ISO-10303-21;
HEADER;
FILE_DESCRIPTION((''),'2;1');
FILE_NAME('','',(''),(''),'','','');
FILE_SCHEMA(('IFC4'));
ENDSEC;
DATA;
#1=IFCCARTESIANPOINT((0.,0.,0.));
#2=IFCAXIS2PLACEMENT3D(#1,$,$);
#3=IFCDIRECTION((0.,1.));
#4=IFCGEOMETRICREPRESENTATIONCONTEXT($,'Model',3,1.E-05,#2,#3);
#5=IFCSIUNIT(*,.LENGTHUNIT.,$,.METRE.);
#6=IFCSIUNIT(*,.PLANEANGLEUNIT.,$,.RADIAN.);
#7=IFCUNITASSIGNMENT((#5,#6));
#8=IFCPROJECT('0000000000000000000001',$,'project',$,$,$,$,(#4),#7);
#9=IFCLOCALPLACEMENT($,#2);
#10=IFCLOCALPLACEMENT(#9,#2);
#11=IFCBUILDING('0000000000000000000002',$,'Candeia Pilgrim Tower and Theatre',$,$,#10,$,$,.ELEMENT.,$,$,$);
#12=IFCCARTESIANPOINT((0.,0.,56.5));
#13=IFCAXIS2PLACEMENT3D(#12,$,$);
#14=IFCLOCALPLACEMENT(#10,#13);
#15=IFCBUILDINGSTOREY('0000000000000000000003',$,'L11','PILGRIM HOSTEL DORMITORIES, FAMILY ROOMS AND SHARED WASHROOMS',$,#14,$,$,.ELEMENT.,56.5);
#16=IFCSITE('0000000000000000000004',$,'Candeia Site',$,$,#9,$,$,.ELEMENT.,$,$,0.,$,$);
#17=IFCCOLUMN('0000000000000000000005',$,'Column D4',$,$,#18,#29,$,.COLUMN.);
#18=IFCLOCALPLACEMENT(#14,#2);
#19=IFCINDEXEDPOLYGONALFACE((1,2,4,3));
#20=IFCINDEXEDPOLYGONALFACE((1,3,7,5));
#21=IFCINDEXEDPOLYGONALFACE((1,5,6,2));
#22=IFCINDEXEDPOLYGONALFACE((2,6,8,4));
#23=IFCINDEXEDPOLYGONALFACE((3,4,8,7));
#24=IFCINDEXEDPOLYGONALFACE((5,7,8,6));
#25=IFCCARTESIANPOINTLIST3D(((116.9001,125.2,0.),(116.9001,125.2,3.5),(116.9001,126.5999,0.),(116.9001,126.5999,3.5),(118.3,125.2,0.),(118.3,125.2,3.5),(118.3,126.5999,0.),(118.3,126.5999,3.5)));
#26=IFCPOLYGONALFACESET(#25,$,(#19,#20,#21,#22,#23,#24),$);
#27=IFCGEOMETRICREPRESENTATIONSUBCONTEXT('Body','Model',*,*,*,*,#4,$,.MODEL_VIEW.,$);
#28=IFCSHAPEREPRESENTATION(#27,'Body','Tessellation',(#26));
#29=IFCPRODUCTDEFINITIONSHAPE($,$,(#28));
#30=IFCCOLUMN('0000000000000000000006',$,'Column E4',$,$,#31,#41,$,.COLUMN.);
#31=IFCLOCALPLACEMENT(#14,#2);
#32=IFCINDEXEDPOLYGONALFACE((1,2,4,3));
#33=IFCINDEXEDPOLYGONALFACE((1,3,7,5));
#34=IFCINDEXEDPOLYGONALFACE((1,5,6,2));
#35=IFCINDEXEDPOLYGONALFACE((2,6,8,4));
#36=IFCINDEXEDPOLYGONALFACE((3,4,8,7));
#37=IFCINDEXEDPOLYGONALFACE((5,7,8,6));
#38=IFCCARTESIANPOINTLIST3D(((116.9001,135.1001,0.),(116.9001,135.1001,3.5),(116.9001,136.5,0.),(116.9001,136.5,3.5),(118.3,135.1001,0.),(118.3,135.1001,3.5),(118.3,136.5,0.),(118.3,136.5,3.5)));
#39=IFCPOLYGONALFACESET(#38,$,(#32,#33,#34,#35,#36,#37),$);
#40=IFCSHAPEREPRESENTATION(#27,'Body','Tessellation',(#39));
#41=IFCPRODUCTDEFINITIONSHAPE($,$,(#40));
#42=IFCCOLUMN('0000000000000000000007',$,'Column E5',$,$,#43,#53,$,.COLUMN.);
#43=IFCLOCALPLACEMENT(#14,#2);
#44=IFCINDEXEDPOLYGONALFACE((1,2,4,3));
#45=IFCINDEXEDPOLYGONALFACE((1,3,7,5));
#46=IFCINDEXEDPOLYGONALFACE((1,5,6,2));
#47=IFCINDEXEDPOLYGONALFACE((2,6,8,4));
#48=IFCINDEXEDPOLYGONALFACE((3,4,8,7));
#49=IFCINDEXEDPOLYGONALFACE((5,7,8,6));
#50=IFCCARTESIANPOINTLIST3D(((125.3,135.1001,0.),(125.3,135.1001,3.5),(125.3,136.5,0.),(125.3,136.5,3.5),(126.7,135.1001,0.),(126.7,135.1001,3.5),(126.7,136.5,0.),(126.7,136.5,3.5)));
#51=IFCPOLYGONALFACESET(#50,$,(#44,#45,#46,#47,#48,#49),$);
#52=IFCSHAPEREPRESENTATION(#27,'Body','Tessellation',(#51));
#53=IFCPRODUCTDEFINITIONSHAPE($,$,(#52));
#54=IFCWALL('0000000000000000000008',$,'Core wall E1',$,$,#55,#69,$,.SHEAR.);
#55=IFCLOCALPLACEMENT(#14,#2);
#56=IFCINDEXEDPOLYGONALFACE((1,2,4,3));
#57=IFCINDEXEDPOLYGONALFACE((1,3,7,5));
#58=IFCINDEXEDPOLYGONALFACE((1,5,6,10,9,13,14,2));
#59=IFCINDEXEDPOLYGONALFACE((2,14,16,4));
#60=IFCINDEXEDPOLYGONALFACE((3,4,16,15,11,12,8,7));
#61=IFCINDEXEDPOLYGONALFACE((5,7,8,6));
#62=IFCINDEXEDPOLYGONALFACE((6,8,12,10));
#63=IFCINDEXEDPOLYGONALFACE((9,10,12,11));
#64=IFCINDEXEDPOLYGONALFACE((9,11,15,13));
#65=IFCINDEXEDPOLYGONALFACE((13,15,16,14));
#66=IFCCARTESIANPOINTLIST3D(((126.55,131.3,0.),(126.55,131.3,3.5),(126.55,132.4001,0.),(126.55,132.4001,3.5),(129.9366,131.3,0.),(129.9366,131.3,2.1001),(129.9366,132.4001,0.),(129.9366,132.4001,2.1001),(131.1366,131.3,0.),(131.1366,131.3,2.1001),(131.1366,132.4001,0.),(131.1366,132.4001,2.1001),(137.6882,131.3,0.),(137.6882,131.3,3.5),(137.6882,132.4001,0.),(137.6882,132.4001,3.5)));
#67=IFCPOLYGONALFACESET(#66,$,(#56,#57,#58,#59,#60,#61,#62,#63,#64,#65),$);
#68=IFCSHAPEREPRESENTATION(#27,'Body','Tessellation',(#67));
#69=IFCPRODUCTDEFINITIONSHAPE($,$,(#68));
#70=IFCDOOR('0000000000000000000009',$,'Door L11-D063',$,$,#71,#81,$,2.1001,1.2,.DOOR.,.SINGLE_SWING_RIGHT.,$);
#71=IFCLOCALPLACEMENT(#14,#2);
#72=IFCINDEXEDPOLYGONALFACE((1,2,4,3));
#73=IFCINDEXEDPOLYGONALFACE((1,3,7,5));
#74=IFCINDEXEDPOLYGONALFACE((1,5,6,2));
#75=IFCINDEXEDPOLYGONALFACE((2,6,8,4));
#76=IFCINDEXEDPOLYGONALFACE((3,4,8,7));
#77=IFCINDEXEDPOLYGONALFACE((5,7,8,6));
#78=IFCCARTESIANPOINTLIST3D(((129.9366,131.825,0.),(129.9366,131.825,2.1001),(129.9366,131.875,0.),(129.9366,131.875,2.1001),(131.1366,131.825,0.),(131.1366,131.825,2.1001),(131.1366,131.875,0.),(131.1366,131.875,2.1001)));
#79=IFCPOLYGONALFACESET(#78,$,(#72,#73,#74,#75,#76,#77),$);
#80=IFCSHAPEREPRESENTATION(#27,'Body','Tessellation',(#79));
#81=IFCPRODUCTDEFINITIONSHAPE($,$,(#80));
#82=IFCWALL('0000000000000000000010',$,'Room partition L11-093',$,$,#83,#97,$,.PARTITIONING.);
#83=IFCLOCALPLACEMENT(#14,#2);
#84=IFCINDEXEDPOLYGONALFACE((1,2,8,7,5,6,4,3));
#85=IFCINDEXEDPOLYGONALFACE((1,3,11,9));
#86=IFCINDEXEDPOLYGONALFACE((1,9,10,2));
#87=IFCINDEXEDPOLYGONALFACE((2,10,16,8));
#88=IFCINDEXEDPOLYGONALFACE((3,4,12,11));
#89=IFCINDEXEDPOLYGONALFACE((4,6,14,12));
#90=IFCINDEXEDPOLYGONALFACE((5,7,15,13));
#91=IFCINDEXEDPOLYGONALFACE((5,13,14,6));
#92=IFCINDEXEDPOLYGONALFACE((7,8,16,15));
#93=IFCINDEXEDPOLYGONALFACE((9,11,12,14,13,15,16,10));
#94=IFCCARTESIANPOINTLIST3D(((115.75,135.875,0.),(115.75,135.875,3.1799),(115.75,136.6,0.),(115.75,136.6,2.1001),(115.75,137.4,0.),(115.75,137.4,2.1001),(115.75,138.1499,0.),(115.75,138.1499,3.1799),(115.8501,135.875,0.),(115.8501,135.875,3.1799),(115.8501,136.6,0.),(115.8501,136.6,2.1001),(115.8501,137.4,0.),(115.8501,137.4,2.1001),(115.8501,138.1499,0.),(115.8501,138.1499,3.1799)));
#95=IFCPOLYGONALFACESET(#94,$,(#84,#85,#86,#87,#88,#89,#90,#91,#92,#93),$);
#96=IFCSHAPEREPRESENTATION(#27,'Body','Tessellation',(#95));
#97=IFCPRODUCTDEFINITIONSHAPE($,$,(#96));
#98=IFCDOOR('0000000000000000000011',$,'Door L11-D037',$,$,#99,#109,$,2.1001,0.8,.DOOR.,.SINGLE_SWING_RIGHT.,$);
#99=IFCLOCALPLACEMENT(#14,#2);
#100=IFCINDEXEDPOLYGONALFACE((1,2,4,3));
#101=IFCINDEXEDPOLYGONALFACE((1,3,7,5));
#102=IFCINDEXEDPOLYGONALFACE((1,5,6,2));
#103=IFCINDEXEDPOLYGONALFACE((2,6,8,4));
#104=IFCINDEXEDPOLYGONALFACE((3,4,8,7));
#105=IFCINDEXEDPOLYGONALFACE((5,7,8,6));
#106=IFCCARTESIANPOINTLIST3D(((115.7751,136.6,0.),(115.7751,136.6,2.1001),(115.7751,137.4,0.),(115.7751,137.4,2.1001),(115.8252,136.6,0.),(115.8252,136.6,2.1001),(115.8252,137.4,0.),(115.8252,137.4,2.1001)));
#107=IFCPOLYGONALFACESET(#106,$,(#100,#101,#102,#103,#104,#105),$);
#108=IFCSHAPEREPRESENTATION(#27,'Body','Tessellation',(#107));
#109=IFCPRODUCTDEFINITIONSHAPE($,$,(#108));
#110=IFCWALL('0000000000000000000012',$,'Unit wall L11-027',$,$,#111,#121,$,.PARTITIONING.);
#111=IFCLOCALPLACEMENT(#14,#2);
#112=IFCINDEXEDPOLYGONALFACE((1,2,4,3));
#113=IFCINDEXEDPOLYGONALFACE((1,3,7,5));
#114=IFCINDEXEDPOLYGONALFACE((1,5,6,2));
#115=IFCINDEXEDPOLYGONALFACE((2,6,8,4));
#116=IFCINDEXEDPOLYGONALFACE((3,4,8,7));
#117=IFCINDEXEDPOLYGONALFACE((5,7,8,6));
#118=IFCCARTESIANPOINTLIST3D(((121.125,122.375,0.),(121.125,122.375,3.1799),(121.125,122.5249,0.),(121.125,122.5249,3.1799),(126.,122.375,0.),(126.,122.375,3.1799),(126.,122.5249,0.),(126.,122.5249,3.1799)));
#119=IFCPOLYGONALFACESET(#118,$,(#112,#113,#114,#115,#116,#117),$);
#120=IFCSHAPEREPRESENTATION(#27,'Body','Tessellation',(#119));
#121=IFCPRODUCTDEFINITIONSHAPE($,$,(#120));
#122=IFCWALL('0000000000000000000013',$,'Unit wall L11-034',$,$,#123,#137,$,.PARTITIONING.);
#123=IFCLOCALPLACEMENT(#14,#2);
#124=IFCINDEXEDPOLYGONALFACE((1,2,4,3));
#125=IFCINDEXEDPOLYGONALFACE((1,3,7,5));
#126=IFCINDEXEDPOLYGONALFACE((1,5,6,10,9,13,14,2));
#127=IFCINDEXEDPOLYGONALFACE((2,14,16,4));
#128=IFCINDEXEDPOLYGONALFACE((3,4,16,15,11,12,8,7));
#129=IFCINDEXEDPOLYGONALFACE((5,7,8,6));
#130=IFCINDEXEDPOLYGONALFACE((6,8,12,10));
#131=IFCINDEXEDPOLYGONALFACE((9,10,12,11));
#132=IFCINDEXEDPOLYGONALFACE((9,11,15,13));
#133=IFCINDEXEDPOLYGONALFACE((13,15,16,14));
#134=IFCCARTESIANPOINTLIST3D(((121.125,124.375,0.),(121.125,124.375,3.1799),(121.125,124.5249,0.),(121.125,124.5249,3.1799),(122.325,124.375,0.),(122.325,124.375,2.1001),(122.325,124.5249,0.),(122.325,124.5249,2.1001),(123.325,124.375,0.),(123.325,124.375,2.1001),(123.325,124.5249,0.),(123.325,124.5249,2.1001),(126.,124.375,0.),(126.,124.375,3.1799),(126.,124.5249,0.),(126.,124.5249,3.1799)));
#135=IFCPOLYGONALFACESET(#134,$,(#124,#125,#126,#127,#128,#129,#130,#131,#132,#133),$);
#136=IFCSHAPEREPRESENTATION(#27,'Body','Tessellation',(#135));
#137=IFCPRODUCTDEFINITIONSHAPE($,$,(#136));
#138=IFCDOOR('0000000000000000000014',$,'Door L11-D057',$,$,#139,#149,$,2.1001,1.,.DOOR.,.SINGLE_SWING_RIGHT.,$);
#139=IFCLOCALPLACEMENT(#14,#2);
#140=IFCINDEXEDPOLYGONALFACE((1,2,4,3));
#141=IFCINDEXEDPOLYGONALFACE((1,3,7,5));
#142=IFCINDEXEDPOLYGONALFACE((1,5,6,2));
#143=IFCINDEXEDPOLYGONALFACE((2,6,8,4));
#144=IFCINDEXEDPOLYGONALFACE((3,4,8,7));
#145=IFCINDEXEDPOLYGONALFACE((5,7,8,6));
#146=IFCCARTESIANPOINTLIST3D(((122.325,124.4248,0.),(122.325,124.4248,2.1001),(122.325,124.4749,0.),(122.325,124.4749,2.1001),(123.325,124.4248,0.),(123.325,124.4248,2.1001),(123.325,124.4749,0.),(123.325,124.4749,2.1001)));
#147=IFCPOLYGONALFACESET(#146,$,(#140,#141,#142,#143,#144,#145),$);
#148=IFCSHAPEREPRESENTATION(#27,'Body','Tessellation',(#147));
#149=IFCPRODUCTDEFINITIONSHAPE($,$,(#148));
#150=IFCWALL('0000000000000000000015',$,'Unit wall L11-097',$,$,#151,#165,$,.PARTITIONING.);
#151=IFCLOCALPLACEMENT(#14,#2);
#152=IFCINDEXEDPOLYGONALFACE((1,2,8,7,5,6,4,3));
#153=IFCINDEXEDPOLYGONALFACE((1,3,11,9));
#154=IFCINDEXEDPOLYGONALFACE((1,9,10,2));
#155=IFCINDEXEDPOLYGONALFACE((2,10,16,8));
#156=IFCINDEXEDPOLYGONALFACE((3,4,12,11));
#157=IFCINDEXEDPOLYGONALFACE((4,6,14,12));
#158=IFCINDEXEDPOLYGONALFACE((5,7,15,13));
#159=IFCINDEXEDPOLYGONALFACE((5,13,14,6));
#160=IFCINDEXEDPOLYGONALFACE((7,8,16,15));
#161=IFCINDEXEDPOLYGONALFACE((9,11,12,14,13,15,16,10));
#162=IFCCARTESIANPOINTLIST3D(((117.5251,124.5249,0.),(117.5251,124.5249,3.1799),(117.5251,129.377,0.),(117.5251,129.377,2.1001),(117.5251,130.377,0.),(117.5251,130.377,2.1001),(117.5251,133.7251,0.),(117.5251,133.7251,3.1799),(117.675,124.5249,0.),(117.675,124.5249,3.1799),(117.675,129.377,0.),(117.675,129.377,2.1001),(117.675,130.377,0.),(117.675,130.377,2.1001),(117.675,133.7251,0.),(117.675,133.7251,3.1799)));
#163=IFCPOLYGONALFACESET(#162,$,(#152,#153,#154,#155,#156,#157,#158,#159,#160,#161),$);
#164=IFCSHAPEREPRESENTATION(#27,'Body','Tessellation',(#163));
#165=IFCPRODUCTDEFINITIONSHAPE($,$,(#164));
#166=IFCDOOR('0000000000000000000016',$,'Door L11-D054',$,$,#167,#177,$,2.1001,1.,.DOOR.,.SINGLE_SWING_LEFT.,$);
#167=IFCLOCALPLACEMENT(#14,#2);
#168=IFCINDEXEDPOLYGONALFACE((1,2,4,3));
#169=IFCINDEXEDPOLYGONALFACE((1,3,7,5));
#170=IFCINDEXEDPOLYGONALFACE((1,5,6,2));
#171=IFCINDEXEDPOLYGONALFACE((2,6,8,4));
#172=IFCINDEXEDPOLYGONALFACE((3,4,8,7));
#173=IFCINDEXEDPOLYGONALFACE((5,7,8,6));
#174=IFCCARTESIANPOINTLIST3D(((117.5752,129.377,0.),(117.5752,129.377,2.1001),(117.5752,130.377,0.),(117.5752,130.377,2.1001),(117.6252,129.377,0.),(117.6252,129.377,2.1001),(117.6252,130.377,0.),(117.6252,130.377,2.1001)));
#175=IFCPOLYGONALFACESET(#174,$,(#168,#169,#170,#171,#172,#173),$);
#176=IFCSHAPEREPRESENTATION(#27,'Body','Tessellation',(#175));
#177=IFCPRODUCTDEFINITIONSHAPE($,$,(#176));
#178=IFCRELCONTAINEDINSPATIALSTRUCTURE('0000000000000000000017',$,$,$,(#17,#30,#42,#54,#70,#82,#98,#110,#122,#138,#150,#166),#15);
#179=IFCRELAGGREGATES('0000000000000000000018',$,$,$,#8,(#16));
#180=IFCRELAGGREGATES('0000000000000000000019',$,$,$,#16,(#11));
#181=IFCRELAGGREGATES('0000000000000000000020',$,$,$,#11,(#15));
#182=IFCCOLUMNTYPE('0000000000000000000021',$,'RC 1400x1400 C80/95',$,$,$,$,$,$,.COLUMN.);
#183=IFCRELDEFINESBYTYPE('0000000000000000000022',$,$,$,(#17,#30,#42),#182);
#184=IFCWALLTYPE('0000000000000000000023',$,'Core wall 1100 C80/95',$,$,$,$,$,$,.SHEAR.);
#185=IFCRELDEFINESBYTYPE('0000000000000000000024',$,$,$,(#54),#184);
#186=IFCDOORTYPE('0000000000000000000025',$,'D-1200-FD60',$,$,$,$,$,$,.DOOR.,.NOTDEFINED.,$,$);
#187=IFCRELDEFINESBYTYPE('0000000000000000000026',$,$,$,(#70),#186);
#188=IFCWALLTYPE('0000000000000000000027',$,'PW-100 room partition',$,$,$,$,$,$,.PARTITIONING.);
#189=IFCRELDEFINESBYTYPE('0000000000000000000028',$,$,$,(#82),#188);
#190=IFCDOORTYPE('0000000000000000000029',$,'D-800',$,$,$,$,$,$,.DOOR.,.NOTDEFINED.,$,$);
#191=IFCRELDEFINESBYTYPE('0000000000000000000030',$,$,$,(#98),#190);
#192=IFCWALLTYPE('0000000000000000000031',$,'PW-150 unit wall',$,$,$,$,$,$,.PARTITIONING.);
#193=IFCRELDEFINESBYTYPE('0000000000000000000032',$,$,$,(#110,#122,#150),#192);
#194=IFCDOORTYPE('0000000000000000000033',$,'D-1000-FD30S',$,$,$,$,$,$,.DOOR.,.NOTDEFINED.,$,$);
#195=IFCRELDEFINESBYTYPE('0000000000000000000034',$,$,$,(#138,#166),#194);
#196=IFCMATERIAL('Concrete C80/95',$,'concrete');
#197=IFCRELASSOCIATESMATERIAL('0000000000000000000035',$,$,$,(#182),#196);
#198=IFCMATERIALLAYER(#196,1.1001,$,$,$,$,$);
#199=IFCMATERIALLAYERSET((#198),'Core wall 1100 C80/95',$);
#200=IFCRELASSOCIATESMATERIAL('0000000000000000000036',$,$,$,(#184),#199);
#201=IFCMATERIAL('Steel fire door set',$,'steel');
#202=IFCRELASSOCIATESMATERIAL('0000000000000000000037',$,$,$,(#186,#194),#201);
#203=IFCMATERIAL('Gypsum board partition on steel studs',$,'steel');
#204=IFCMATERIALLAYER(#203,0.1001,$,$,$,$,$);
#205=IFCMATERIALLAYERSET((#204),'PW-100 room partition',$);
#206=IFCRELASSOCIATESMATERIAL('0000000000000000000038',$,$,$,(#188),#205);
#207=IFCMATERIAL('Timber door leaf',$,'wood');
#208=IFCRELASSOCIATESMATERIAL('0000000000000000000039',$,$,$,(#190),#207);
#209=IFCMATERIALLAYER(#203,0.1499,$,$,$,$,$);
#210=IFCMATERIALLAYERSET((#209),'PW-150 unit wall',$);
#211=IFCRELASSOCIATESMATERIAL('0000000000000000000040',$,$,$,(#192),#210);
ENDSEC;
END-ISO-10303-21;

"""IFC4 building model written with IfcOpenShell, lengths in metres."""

from ifc_helpers import new_model, si_unit, direction, frame, frame_2d, origin, origin_2d, place, context, subcontext, project, spatial, rectangle, extrude, material, layer, layer_set, material_profile, profile_set, type_object, element, fill, save


model = new_model("IFC4")

# Units and contexts
model_context = context("Model", 3, precision=1e-05, world=origin(), true_north=direction((0.0, 1.0)))
body_context = subcontext(model_context, "Body", "Model", "MODEL_VIEW")
ifc_project = project(units=[si_unit("LENGTHUNIT", "METRE"), si_unit("PLANEANGLEUNIT", "RADIAN")], contexts=[model_context])

# Site, building, storey
site_placement = place(None, origin())
site = spatial("IfcSite", under=ifc_project, at=site_placement, Name="Candeia Site", CompositionType="ELEMENT", RefElevation=0.0)
building_placement = place(site_placement, origin())
building = spatial("IfcBuilding", under=site, at=building_placement, Name="Candeia Pilgrim Tower and Theatre", CompositionType="ELEMENT")
storey_placement = place(building_placement, frame((0.0, 0.0, 56.5)))
storey = spatial("IfcBuildingStorey", under=building, at=storey_placement, Name="L11", Description="PILGRIM HOSTEL DORMITORIES, FAMILY ROOMS AND SHARED WASHROOMS", CompositionType="ELEMENT", Elevation=56.5)

# Columns
ifc_material_1 = material(Name="Concrete C80/95", Category="concrete")
ifc_material_profile = material_profile(ifc_material_1, rectangle(XDim=1.3999, YDim=1.3999, at=origin_2d()))
ifc_profile_set = profile_set([ifc_material_profile], Name="Concrete C80/95")
column_type = type_object("IfcColumnType", Name="RC 1400x1400 C80/95", PredefinedType="COLUMN", material=ifc_profile_set)
for number, where, z_axis, x_axis, name in (
    (1, (117.6001, 125.8999, 0.0), (0.0, 0.0, 1.0), (1.0, 0.0, 0.0), "Column D4"),
    (2, (117.6001, 135.8, 0.0), (0.0, 0.0, 1.0), (1.0, 0.0, 0.0), "Column E4"),
    (3, (126.0, 135.8, 0.0), (0.0, 0.0, 1.0), (1.0, 0.0, 0.0), "Column E5"),
):
    element("IfcColumn", number, at=place(storey_placement, frame(where, z_axis=z_axis, x_axis=x_axis)), inside=storey, type_object=column_type, Name=name, PredefinedType="COLUMN", context=body_context, shape_type="SweptSolid", body=[
        extrude(rectangle(XDim=1.3999, YDim=1.3999, at=origin_2d()), origin(), (0.0, 0.0, 1.0), 3.5),
    ])

# Walls, openings, doors
ifc_layer_1 = layer(ifc_material_1, 1.1001)
ifc_layer_set_1 = layer_set([ifc_layer_1], Name="Core wall 1100 C80/95")
wall_type_1 = type_object("IfcWallType", Name="Core wall 1100 C80/95", PredefinedType="SHEAR", material=ifc_layer_set_1)
wall_1_placement = place(storey_placement, frame((126.55, 131.8501, 0.0), z_axis=(0.0, 0.0, 1.0), x_axis=(1.0, 0.0, 0.0)))
wall_1 = element("IfcWall", 4, at=wall_1_placement, inside=storey, type_object=wall_type_1, Name="Core wall E1", PredefinedType="SHEAR", context=body_context, shape_type="SweptSolid", body=[
    extrude(rectangle(XDim=11.1382, YDim=1.1001, at=frame_2d((5.5691, 0.0))), origin(), (0.0, 0.0, 1.0), 3.5),
])
opening_1_placement = place(wall_1_placement, frame((3.3865, 0.0, 0.0)))
opening_1 = element("IfcOpeningElement", 5, at=opening_1_placement, cuts=wall_1, PredefinedType="OPENING", context=body_context, shape_type="SweptSolid", body=[
    extrude(rectangle(XDim=1.2, YDim=2.1001, at=frame_2d((0.6001, 1.05))), frame((0.0, 0.5601, 0.0), z_axis=(0.0, -1.0, 0.0), x_axis=(1.0, 0.0, 0.0)), (0.0, 0.0, 1.0), 1.1201),
])
ifc_material_2 = material(Name="Steel fire door set", Category="steel")
door_type_1 = type_object("IfcDoorType", Name="D-1200-FD60", OperationType="NOTDEFINED", PredefinedType="DOOR", material=ifc_material_2)
door_1_placement = place(opening_1_placement, origin())
door_1 = element("IfcDoor", 6, at=door_1_placement, inside=storey, type_object=door_type_1, Name="Door L11-D063", OperationType="SINGLE_SWING_RIGHT", OverallHeight=2.1001, OverallWidth=1.2, PredefinedType="DOOR", context=body_context, shape_type="SweptSolid", body=[
    extrude(rectangle(XDim=1.2, YDim=2.1001, at=frame_2d((0.6001, 1.05))), frame((0.0, 0.0249, 0.0), z_axis=(0.0, -1.0, 0.0), x_axis=(1.0, 0.0, 0.0)), (0.0, 0.0, 1.0), 0.05),
])
fill(opening_1, door_1)
ifc_material_3 = material(Name="Gypsum board partition on steel studs", Category="steel")
ifc_layer_2 = layer(ifc_material_3, 0.1001)
ifc_layer_set_2 = layer_set([ifc_layer_2], Name="PW-100 room partition")
wall_type_2 = type_object("IfcWallType", Name="PW-100 room partition", PredefinedType="PARTITIONING", material=ifc_layer_set_2)
wall_2_placement = place(storey_placement, frame((115.8, 135.875, 0.0), z_axis=(0.0, 0.0, 1.0), x_axis=(0.0, 1.0, 0.0)))
wall_2 = element("IfcWall", 7, at=wall_2_placement, inside=storey, type_object=wall_type_2, Name="Room partition L11-093", PredefinedType="PARTITIONING", context=body_context, shape_type="SweptSolid", body=[
    extrude(rectangle(XDim=2.2749, YDim=0.1001, at=frame_2d((1.1375, 0.0))), origin(), (0.0, 0.0, 1.0), 3.1799),
])
opening_2_placement = place(wall_2_placement, frame((0.7251, 0.0, 0.0)))
opening_2 = element("IfcOpeningElement", 8, at=opening_2_placement, cuts=wall_2, PredefinedType="OPENING", context=body_context, shape_type="SweptSolid", body=[
    extrude(rectangle(XDim=0.8, YDim=2.1001, at=frame_2d((0.3999, 1.05))), frame((0.0, 0.0601, 0.0), z_axis=(0.0, -1.0, 0.0), x_axis=(1.0, 0.0, 0.0)), (0.0, 0.0, 1.0), 0.1201),
])
ifc_material_4 = material(Name="Timber door leaf", Category="wood")
door_type_2 = type_object("IfcDoorType", Name="D-800", OperationType="NOTDEFINED", PredefinedType="DOOR", material=ifc_material_4)
door_2_placement = place(opening_2_placement, origin())
door_2 = element("IfcDoor", 9, at=door_2_placement, inside=storey, type_object=door_type_2, Name="Door L11-D037", OperationType="SINGLE_SWING_RIGHT", OverallHeight=2.1001, OverallWidth=0.8, PredefinedType="DOOR", context=body_context, shape_type="SweptSolid", body=[
    extrude(rectangle(XDim=0.8, YDim=2.1001, at=frame_2d((0.3999, 1.05))), frame((0.0, 0.0249, 0.0), z_axis=(0.0, -1.0, 0.0), x_axis=(1.0, 0.0, 0.0)), (0.0, 0.0, 1.0), 0.05),
])
fill(opening_2, door_2)

# Wall
ifc_layer_3 = layer(ifc_material_3, 0.1499)
ifc_layer_set_3 = layer_set([ifc_layer_3], Name="PW-150 unit wall")
wall_type_3 = type_object("IfcWallType", Name="PW-150 unit wall", PredefinedType="PARTITIONING", material=ifc_layer_set_3)
wall_3_placement = place(storey_placement, frame((121.125, 122.45, 0.0), z_axis=(0.0, 0.0, 1.0), x_axis=(1.0, 0.0, 0.0)))
element("IfcWall", 10, at=wall_3_placement, inside=storey, type_object=wall_type_3, Name="Unit wall L11-027", PredefinedType="PARTITIONING", context=body_context, shape_type="SweptSolid", body=[
    extrude(rectangle(XDim=4.875, YDim=0.1499, at=frame_2d((2.4375, 0.0))), origin(), (0.0, 0.0, 1.0), 3.1799),
])

# Walls, openings, doors
wall_4_placement = place(storey_placement, frame((121.125, 124.45, 0.0), z_axis=(0.0, 0.0, 1.0), x_axis=(1.0, 0.0, 0.0)))
wall_4 = element("IfcWall", 11, at=wall_4_placement, inside=storey, type_object=wall_type_3, Name="Unit wall L11-034", PredefinedType="PARTITIONING", context=body_context, shape_type="SweptSolid", body=[
    extrude(rectangle(XDim=4.875, YDim=0.1499, at=frame_2d((2.4375, 0.0))), origin(), (0.0, 0.0, 1.0), 3.1799),
])
opening_3_placement = place(wall_4_placement, frame((1.2, 0.0, 0.0)))
opening_3 = element("IfcOpeningElement", 12, at=opening_3_placement, cuts=wall_4, PredefinedType="OPENING", context=body_context, shape_type="SweptSolid", body=[
    extrude(rectangle(XDim=1.0, YDim=2.1001, at=frame_2d((0.5, 1.05))), frame((0.0, 0.085, 0.0), z_axis=(0.0, -1.0, 0.0), x_axis=(1.0, 0.0, 0.0)), (0.0, 0.0, 1.0), 0.1699),
])
door_type_3 = type_object("IfcDoorType", Name="D-1000-FD30S", OperationType="NOTDEFINED", PredefinedType="DOOR", material=ifc_material_2)
door_3_placement = place(opening_3_placement, origin())
door_3 = element("IfcDoor", 13, at=door_3_placement, inside=storey, type_object=door_type_3, Name="Door L11-D057", OperationType="SINGLE_SWING_RIGHT", OverallHeight=2.1001, OverallWidth=1.0, PredefinedType="DOOR", context=body_context, shape_type="SweptSolid", body=[
    extrude(rectangle(XDim=1.0, YDim=2.1001, at=frame_2d((0.5, 1.05))), frame((0.0, 0.0249, 0.0), z_axis=(0.0, -1.0, 0.0), x_axis=(1.0, 0.0, 0.0)), (0.0, 0.0, 1.0), 0.05),
])
fill(opening_3, door_3)
wall_5_placement = place(storey_placement, frame((117.6001, 124.5249, 0.0), z_axis=(0.0, 0.0, 1.0), x_axis=(0.0, 1.0, 0.0)))
wall_5 = element("IfcWall", 14, at=wall_5_placement, inside=storey, type_object=wall_type_3, Name="Unit wall L11-097", PredefinedType="PARTITIONING", context=body_context, shape_type="SweptSolid", body=[
    extrude(rectangle(XDim=9.2002, YDim=0.1499, at=frame_2d((4.6001, 0.0))), origin(), (0.0, 0.0, 1.0), 3.1799),
])
opening_4_placement = place(wall_5_placement, frame((4.8521, 0.0, 0.0)))
opening_4 = element("IfcOpeningElement", 15, at=opening_4_placement, cuts=wall_5, PredefinedType="OPENING", context=body_context, shape_type="SweptSolid", body=[
    extrude(rectangle(XDim=1.0, YDim=2.1001, at=frame_2d((0.5, 1.05))), frame((0.0, 0.085, 0.0), z_axis=(0.0, -1.0, 0.0), x_axis=(1.0, 0.0, 0.0)), (0.0, 0.0, 1.0), 0.1699),
])
door_4_placement = place(opening_4_placement, origin())
door_4 = element("IfcDoor", 16, at=door_4_placement, inside=storey, type_object=door_type_3, Name="Door L11-D054", OperationType="SINGLE_SWING_LEFT", OverallHeight=2.1001, OverallWidth=1.0, PredefinedType="DOOR", context=body_context, shape_type="SweptSolid", body=[
    extrude(rectangle(XDim=1.0, YDim=2.1001, at=frame_2d((0.5, 1.05))), frame((0.0, 0.0249, 0.0), z_axis=(0.0, -1.0, 0.0), x_axis=(1.0, 0.0, 0.0)), (0.0, 0.0, 1.0), 0.05),
])
fill(opening_4, door_4)

save(model, "model.ifc")
